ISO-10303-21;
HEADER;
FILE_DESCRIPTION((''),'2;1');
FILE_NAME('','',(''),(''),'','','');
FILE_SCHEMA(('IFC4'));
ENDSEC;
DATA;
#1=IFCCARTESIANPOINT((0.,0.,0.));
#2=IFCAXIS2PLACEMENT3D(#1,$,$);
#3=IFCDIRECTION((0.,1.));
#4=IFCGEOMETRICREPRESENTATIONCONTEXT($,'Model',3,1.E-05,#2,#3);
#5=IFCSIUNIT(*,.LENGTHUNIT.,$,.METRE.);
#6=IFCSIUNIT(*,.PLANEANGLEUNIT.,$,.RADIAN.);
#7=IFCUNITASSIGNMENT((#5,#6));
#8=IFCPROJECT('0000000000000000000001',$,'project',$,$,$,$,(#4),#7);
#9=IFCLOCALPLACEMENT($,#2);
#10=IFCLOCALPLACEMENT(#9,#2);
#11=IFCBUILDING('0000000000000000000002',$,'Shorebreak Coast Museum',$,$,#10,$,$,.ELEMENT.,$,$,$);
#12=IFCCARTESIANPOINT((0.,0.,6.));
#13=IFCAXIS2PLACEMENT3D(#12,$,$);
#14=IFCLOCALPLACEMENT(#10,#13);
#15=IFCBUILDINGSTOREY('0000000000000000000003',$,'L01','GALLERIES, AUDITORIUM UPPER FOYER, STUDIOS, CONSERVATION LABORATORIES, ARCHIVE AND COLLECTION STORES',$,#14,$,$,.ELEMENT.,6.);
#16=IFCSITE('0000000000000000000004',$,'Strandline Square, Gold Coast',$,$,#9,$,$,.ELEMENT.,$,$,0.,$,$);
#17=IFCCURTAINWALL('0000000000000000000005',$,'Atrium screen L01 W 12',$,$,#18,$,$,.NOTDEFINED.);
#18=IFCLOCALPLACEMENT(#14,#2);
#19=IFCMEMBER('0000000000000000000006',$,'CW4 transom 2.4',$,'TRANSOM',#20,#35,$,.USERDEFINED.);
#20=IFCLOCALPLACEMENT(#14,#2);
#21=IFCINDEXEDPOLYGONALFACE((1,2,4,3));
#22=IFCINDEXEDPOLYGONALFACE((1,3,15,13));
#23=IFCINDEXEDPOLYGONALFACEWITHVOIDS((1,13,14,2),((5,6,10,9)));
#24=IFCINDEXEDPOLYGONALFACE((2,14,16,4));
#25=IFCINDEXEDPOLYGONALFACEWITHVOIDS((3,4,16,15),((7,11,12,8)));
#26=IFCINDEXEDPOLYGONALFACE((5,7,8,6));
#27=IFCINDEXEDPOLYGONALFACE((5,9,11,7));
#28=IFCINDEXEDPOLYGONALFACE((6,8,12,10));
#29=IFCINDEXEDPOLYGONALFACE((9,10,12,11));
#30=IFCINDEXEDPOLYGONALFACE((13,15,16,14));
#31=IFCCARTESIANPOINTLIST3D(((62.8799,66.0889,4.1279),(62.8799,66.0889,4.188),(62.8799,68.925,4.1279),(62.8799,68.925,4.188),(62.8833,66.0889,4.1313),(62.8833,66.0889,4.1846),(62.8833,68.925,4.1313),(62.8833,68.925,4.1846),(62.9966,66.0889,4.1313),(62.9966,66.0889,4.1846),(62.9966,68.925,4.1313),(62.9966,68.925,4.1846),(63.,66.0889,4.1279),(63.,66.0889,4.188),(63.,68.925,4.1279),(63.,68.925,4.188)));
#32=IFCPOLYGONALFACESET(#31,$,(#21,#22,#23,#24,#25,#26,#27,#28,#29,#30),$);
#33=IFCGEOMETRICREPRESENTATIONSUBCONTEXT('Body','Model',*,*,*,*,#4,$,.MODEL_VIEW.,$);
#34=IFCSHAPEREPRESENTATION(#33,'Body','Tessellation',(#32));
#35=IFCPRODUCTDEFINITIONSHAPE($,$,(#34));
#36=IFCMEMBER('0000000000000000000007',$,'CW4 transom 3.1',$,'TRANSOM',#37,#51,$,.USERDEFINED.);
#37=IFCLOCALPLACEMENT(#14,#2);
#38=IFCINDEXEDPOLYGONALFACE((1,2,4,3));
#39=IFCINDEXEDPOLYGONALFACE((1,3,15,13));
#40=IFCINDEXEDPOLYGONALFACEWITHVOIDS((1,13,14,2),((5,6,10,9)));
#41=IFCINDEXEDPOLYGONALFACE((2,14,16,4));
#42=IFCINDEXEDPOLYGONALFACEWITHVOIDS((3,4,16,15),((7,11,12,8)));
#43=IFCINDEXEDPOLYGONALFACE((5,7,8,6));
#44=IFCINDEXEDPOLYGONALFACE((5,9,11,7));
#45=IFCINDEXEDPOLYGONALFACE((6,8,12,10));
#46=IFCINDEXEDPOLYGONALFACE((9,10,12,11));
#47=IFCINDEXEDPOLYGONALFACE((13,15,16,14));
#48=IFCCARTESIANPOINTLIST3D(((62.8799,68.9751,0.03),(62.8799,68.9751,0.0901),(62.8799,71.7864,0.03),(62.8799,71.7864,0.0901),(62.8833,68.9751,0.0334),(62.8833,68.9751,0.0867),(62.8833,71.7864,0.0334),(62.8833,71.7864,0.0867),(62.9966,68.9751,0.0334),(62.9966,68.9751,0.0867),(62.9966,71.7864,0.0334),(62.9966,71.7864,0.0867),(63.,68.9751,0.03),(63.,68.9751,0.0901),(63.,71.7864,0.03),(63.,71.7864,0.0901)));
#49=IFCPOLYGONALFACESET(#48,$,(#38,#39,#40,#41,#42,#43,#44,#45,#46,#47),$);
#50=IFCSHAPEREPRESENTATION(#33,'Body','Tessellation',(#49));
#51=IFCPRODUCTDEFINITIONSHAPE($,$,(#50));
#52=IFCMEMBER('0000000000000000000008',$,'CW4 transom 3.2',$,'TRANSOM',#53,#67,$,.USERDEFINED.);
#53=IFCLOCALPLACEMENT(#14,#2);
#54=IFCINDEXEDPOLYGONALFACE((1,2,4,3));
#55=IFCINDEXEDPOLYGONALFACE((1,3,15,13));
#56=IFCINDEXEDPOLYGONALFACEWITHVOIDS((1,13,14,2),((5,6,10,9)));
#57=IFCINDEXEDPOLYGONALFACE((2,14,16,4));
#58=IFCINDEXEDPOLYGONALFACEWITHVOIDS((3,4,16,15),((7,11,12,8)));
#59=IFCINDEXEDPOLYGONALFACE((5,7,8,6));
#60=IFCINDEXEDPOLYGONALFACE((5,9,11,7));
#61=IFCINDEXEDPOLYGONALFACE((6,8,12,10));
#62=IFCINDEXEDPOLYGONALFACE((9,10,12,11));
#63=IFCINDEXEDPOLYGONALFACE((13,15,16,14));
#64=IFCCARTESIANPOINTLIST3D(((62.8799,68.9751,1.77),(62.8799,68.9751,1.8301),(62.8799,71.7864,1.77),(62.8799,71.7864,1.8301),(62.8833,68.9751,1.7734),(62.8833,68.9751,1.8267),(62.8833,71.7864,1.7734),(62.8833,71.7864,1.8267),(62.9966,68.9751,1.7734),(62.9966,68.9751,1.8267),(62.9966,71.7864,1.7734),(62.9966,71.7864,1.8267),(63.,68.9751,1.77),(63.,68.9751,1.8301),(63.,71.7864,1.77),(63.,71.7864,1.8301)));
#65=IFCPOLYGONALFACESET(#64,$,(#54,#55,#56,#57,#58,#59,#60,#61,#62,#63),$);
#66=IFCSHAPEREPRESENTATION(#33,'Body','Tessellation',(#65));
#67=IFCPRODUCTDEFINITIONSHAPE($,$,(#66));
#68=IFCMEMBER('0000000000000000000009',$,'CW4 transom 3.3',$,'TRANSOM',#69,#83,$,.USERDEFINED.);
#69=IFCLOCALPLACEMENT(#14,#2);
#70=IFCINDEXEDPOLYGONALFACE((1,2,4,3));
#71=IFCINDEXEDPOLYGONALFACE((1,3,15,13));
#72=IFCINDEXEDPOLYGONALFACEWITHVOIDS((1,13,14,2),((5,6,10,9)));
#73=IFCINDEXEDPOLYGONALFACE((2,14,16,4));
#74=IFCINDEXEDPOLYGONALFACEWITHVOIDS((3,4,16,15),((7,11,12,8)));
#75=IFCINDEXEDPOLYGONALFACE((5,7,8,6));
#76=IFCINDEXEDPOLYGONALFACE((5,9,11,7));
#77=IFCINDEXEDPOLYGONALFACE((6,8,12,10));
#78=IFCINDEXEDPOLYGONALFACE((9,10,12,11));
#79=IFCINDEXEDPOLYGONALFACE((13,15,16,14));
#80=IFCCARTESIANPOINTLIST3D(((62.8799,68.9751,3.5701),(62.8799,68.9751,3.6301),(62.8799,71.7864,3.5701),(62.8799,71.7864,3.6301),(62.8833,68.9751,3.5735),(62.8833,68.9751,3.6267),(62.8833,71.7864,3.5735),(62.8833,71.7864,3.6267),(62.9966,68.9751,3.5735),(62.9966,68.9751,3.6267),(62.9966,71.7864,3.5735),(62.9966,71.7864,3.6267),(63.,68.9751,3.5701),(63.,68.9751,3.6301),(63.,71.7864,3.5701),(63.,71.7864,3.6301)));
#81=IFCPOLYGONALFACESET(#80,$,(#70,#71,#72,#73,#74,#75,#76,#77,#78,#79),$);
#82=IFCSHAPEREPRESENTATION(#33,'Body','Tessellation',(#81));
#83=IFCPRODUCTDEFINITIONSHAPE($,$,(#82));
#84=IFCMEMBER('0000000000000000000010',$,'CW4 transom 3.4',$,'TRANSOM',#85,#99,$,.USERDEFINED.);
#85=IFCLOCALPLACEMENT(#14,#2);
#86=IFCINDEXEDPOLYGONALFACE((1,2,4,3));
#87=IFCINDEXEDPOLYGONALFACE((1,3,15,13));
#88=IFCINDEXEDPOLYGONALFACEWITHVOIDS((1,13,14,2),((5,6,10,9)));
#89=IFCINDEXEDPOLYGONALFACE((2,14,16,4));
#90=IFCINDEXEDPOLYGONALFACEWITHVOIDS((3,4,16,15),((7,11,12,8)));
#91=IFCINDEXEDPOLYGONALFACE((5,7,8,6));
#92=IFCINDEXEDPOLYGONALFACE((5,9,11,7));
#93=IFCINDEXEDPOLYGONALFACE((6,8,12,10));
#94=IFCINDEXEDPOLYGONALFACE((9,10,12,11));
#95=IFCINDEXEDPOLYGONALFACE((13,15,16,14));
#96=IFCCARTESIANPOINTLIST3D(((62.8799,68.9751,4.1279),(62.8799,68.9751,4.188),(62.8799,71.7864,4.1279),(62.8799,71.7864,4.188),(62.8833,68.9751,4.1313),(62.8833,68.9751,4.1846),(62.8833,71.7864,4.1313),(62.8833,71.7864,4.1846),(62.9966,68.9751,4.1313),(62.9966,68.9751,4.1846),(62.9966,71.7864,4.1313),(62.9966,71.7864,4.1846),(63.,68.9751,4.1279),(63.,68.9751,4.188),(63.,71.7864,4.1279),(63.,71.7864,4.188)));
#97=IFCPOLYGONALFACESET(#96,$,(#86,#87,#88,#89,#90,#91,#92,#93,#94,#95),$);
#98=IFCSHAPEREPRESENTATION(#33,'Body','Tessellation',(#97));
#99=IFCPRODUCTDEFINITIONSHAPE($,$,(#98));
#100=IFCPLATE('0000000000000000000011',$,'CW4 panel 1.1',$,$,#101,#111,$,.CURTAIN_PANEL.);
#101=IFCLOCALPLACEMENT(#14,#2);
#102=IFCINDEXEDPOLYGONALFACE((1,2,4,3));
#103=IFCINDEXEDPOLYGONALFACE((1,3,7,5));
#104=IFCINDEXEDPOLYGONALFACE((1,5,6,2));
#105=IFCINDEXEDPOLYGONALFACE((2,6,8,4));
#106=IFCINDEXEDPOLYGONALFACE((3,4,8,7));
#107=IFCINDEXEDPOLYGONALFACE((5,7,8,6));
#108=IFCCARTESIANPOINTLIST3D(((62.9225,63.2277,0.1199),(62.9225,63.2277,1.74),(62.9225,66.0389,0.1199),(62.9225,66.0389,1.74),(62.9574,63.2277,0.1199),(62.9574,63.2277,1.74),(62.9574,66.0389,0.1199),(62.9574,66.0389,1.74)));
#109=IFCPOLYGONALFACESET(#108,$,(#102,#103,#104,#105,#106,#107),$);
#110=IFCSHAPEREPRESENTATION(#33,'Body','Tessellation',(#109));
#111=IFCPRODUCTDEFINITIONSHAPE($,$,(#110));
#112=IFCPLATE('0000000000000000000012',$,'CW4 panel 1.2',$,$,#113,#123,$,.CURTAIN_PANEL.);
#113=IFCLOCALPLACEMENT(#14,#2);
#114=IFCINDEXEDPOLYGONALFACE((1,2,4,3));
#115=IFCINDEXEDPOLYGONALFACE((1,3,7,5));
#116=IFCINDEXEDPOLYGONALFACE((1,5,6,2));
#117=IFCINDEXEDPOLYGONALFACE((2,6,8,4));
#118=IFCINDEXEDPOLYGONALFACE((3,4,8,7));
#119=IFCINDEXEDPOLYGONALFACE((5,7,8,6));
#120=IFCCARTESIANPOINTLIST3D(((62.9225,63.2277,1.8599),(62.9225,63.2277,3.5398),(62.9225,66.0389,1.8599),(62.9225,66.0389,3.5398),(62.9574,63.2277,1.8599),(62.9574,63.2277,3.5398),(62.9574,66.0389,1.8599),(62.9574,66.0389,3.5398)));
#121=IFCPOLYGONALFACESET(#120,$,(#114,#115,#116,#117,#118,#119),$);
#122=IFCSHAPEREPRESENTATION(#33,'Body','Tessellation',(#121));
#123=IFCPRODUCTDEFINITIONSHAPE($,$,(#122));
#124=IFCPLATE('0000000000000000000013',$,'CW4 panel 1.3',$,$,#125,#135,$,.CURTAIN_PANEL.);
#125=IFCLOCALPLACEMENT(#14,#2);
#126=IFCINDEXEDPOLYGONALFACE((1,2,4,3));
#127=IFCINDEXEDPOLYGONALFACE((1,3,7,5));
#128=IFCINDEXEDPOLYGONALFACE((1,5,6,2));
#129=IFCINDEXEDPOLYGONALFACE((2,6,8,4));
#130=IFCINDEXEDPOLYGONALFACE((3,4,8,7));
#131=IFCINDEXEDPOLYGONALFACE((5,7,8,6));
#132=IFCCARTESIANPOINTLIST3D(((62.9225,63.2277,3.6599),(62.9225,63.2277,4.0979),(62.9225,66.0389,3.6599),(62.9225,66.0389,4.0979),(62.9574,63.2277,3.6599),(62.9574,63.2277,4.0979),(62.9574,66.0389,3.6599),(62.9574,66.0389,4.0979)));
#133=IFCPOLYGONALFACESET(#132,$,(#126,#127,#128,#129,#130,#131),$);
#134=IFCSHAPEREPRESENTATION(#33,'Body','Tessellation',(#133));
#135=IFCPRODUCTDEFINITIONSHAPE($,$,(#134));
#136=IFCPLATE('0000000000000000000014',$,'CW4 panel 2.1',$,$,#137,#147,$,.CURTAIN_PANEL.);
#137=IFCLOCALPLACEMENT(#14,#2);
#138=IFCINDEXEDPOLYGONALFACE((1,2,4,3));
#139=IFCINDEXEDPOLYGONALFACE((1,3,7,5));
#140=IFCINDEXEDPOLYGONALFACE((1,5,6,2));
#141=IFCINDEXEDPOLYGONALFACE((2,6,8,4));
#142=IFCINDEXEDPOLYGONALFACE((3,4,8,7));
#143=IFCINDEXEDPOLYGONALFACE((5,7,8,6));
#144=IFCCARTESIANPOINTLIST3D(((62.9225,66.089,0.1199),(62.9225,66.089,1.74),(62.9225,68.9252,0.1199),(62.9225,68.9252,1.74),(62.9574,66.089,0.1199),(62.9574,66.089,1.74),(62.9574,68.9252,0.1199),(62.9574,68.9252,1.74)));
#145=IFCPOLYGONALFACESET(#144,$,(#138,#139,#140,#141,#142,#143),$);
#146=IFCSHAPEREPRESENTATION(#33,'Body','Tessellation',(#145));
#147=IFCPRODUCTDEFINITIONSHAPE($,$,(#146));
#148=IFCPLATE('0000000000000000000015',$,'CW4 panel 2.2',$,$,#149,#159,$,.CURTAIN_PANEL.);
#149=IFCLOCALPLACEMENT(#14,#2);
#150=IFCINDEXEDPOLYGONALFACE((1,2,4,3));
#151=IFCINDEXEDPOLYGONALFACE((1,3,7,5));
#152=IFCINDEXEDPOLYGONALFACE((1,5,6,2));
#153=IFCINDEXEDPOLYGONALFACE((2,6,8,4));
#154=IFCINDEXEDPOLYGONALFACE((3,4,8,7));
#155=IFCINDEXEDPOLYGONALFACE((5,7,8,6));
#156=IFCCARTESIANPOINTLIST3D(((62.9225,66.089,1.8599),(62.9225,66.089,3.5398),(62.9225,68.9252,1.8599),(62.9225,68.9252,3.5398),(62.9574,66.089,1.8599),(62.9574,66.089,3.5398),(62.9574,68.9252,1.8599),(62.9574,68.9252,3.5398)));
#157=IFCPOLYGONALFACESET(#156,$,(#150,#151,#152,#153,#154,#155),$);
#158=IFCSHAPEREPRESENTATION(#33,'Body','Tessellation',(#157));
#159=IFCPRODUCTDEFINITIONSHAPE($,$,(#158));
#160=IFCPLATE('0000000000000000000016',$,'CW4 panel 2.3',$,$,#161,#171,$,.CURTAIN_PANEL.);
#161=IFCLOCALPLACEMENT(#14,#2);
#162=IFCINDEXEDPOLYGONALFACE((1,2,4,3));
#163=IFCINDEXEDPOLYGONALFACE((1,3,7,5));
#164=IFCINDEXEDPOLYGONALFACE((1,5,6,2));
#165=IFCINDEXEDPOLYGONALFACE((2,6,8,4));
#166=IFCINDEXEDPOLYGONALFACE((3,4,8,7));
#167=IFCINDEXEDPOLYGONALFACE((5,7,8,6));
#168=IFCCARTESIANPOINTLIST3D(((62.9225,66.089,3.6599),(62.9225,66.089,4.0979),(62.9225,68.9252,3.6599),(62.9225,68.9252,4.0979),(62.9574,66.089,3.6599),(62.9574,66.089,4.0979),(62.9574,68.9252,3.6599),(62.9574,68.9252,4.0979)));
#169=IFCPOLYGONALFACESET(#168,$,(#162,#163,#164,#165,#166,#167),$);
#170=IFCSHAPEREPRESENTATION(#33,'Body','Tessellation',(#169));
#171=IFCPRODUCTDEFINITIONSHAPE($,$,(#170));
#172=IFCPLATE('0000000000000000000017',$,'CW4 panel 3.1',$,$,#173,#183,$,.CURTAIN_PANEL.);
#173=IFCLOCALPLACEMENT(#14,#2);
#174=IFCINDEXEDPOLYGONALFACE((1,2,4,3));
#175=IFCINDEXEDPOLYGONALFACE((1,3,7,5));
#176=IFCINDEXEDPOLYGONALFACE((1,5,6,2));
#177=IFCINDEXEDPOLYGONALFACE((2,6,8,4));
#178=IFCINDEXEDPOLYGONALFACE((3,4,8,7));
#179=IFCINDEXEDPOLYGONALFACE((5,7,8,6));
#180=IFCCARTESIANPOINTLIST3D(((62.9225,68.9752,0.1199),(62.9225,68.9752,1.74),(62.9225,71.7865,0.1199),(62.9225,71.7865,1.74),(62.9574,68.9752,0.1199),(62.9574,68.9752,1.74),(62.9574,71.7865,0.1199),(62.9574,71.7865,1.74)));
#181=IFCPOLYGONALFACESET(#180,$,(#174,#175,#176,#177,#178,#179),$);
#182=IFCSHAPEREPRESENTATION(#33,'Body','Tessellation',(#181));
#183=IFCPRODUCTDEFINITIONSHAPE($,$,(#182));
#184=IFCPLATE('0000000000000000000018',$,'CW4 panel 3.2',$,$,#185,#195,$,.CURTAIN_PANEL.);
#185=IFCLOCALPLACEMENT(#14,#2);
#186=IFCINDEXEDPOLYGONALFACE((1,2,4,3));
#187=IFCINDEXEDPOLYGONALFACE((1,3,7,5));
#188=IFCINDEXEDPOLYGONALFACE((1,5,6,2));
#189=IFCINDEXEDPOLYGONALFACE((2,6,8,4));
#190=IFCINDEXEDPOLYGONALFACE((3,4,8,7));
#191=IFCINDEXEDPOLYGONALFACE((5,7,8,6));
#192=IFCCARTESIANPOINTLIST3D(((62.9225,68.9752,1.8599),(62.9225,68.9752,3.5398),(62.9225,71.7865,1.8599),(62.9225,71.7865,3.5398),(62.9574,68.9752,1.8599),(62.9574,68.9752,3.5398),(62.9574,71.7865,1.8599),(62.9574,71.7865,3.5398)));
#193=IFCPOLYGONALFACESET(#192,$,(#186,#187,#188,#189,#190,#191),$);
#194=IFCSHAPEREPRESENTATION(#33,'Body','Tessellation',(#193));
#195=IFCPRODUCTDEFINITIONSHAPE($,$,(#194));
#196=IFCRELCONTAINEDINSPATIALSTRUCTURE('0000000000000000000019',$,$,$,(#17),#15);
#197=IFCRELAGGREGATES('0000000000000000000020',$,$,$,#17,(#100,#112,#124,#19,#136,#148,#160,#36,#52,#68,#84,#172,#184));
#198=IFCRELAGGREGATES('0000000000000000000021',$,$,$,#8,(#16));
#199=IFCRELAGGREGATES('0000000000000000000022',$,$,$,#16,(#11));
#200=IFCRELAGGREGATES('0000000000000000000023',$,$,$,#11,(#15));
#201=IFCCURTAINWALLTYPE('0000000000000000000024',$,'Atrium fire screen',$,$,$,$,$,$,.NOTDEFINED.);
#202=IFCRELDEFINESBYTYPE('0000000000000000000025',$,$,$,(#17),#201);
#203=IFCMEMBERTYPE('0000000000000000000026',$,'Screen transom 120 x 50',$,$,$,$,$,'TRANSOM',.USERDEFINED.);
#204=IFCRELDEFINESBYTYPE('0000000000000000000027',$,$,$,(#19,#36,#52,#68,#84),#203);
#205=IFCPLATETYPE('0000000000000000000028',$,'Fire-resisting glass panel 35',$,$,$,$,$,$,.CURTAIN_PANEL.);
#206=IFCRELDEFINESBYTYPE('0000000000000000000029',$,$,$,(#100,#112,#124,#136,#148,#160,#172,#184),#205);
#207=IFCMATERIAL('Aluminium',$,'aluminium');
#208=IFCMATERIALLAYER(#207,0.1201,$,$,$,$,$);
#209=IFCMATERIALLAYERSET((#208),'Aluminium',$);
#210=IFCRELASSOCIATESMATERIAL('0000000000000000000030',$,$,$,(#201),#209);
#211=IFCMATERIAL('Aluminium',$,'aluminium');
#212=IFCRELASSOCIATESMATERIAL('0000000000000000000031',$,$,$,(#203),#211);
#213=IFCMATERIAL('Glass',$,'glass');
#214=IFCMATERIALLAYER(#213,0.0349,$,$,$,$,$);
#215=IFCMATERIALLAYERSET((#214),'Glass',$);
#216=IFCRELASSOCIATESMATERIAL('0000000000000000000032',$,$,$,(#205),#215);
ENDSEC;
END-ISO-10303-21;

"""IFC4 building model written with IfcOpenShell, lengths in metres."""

from ifc_helpers import new_model, si_unit, direction, frame, origin, origin_2d, place, context, subcontext, project, spatial, rectangle, hollow_rectangle, extrude, material, layer, layer_set, material_profile, profile_set, type_object, element, aggregate, save


model = new_model("IFC4")

# Units and contexts
model_context = context("Model", 3, precision=1e-05, world=origin(), true_north=direction((0.0, 1.0)))
body_context = subcontext(model_context, "Body", "Model", "MODEL_VIEW")
ifc_project = project(units=[si_unit("LENGTHUNIT", "METRE"), si_unit("PLANEANGLEUNIT", "RADIAN")], contexts=[model_context])

# Site, building, storey
site_placement = place(None, origin())
site = spatial("IfcSite", under=ifc_project, at=site_placement, Name="Strandline Square, Gold Coast", CompositionType="ELEMENT", RefElevation=0.0)
building_placement = place(site_placement, origin())
building = spatial("IfcBuilding", under=site, at=building_placement, Name="Shorebreak Coast Museum", CompositionType="ELEMENT")
storey_placement = place(building_placement, frame((0.0, 0.0, 6.0)))
storey = spatial("IfcBuildingStorey", under=building, at=storey_placement, Name="L01", Description="GALLERIES, AUDITORIUM UPPER FOYER, STUDIOS, CONSERVATION LABORATORIES, ARCHIVE AND COLLECTION STORES", CompositionType="ELEMENT", Elevation=6.0)

# Curtain wall, members, plates
ifc_material_1 = material(Name="Aluminium", Category="aluminium")
ifc_layer_1 = layer(ifc_material_1, 0.1201)
ifc_layer_set_1 = layer_set([ifc_layer_1], Name="Aluminium")
curtain_wall_type = type_object("IfcCurtainWallType", Name="Atrium fire screen", PredefinedType="NOTDEFINED", material=ifc_layer_set_1)
curtain_wall_placement = place(storey_placement, origin())
curtain_wall = element("IfcCurtainWall", 1, at=curtain_wall_placement, inside=storey, type_object=curtain_wall_type, Name="Atrium screen L01 W 12", PredefinedType="NOTDEFINED")
ifc_material_2 = material(Name="Aluminium", Category="aluminium")
ifc_material_profile_1 = material_profile(ifc_material_2, hollow_rectangle(XDim=0.1201, YDim=0.0601, WallThickness=0.0034, at=origin_2d()), Name="AL 60x120 RHS")
ifc_profile_set_1 = profile_set([ifc_material_profile_1], Name="Aluminium")
member_type_1 = type_object("IfcMemberType", Name="Screen transom 120 x 50", ElementType="TRANSOM", PredefinedType="USERDEFINED", material=ifc_profile_set_1)
member_1_placement = place(storey_placement, frame((62.9399, 66.0889, 4.158), z_axis=(0.0, 1.0, 0.0), x_axis=(-1.0, 0.0, 0.0)))
member_1 = element("IfcMember", 2, at=member_1_placement, type_object=member_type_1, Name="CW4 transom 2.4", ObjectType="TRANSOM", PredefinedType="USERDEFINED", context=body_context, shape_type="SweptSolid", body=[
    extrude(hollow_rectangle(XDim=0.1201, YDim=0.0601, WallThickness=0.0034, at=origin_2d()), origin(), (0.0, 0.0, 1.0), 2.8362),
])
member_2_placement = place(storey_placement, frame((62.9399, 68.9751, 0.0601), z_axis=(0.0, 1.0, 0.0), x_axis=(-1.0, 0.0, 0.0)))
member_2 = element("IfcMember", 3, at=member_2_placement, type_object=member_type_1, Name="CW4 transom 3.1", ObjectType="TRANSOM", PredefinedType="USERDEFINED", context=body_context, shape_type="SweptSolid", body=[
    extrude(hollow_rectangle(XDim=0.1201, YDim=0.0601, WallThickness=0.0034, at=origin_2d()), origin(), (0.0, 0.0, 1.0), 2.8113),
])
member_3_placement = place(storey_placement, frame((62.9399, 68.9751, 1.8), z_axis=(0.0, 1.0, 0.0), x_axis=(-1.0, 0.0, 0.0)))
member_3 = element("IfcMember", 4, at=member_3_placement, type_object=member_type_1, Name="CW4 transom 3.2", ObjectType="TRANSOM", PredefinedType="USERDEFINED", context=body_context, shape_type="SweptSolid", body=[
    extrude(hollow_rectangle(XDim=0.1201, YDim=0.0601, WallThickness=0.0034, at=origin_2d()), origin(), (0.0, 0.0, 1.0), 2.8113),
])
member_4_placement = place(storey_placement, frame((62.9399, 68.9751, 3.6001), z_axis=(0.0, 1.0, 0.0), x_axis=(-1.0, 0.0, 0.0)))
member_4 = element("IfcMember", 5, at=member_4_placement, type_object=member_type_1, Name="CW4 transom 3.3", ObjectType="TRANSOM", PredefinedType="USERDEFINED", context=body_context, shape_type="SweptSolid", body=[
    extrude(hollow_rectangle(XDim=0.1201, YDim=0.0601, WallThickness=0.0034, at=origin_2d()), origin(), (0.0, 0.0, 1.0), 2.8113),
])
member_5_placement = place(storey_placement, frame((62.9399, 68.9751, 4.158), z_axis=(0.0, 1.0, 0.0), x_axis=(-1.0, 0.0, 0.0)))
member_5 = element("IfcMember", 6, at=member_5_placement, type_object=member_type_1, Name="CW4 transom 3.4", ObjectType="TRANSOM", PredefinedType="USERDEFINED", context=body_context, shape_type="SweptSolid", body=[
    extrude(hollow_rectangle(XDim=0.1201, YDim=0.0601, WallThickness=0.0034, at=origin_2d()), origin(), (0.0, 0.0, 1.0), 2.8113),
])
ifc_material_3 = material(Name="Glass", Category="glass")
ifc_layer_2 = layer(ifc_material_3, 0.0349)
ifc_layer_set_2 = layer_set([ifc_layer_2], Name="Glass")
plate_type = type_object("IfcPlateType", Name="Fire-resisting glass panel 35", PredefinedType="CURTAIN_PANEL", material=ifc_layer_set_2)
plate_1_placement = place(storey_placement, frame((62.9399, 64.6333, 0.1199), z_axis=(0.0, 0.0, 1.0), x_axis=(0.0, 1.0, 0.0)))
plate_1 = element("IfcPlate", 7, at=plate_1_placement, type_object=plate_type, Name="CW4 panel 1.1", PredefinedType="CURTAIN_PANEL", context=body_context, shape_type="SweptSolid", body=[
    extrude(rectangle(XDim=2.8113, YDim=0.0349, at=origin_2d()), origin(), (0.0, 0.0, 1.0), 1.6201),
])
plate_2_placement = place(storey_placement, frame((62.9399, 64.6333, 1.8599), z_axis=(0.0, 0.0, 1.0), x_axis=(0.0, 1.0, 0.0)))
plate_2 = element("IfcPlate", 8, at=plate_2_placement, type_object=plate_type, Name="CW4 panel 1.2", PredefinedType="CURTAIN_PANEL", context=body_context, shape_type="SweptSolid", body=[
    extrude(rectangle(XDim=2.8113, YDim=0.0349, at=origin_2d()), origin(), (0.0, 0.0, 1.0), 1.6799),
])
plate_3_placement = place(storey_placement, frame((62.9399, 64.6333, 3.6599), z_axis=(0.0, 0.0, 1.0), x_axis=(0.0, 1.0, 0.0)))
plate_3 = element("IfcPlate", 9, at=plate_3_placement, type_object=plate_type, Name="CW4 panel 1.3", PredefinedType="CURTAIN_PANEL", context=body_context, shape_type="SweptSolid", body=[
    extrude(rectangle(XDim=2.8113, YDim=0.0349, at=origin_2d()), origin(), (0.0, 0.0, 1.0), 0.438),
])
plate_4_placement = place(storey_placement, frame((62.9399, 67.5071, 0.1199), z_axis=(0.0, 0.0, 1.0), x_axis=(0.0, 1.0, 0.0)))
plate_4 = element("IfcPlate", 10, at=plate_4_placement, type_object=plate_type, Name="CW4 panel 2.1", PredefinedType="CURTAIN_PANEL", context=body_context, shape_type="SweptSolid", body=[
    extrude(rectangle(XDim=2.8362, YDim=0.0349, at=origin_2d()), origin(), (0.0, 0.0, 1.0), 1.6201),
])
plate_5_placement = place(storey_placement, frame((62.9399, 67.5071, 1.8599), z_axis=(0.0, 0.0, 1.0), x_axis=(0.0, 1.0, 0.0)))
plate_5 = element("IfcPlate", 11, at=plate_5_placement, type_object=plate_type, Name="CW4 panel 2.2", PredefinedType="CURTAIN_PANEL", context=body_context, shape_type="SweptSolid", body=[
    extrude(rectangle(XDim=2.8362, YDim=0.0349, at=origin_2d()), origin(), (0.0, 0.0, 1.0), 1.6799),
])
plate_6_placement = place(storey_placement, frame((62.9399, 67.5071, 3.6599), z_axis=(0.0, 0.0, 1.0), x_axis=(0.0, 1.0, 0.0)))
plate_6 = element("IfcPlate", 12, at=plate_6_placement, type_object=plate_type, Name="CW4 panel 2.3", PredefinedType="CURTAIN_PANEL", context=body_context, shape_type="SweptSolid", body=[
    extrude(rectangle(XDim=2.8362, YDim=0.0349, at=origin_2d()), origin(), (0.0, 0.0, 1.0), 0.438),
])
plate_7_placement = place(storey_placement, frame((62.9399, 70.3809, 0.1199), z_axis=(0.0, 0.0, 1.0), x_axis=(0.0, 1.0, 0.0)))
plate_7 = element("IfcPlate", 13, at=plate_7_placement, type_object=plate_type, Name="CW4 panel 3.1", PredefinedType="CURTAIN_PANEL", context=body_context, shape_type="SweptSolid", body=[
    extrude(rectangle(XDim=2.8113, YDim=0.0349, at=origin_2d()), origin(), (0.0, 0.0, 1.0), 1.6201),
])
plate_8_placement = place(storey_placement, frame((62.9399, 70.3809, 1.8599), z_axis=(0.0, 0.0, 1.0), x_axis=(0.0, 1.0, 0.0)))
plate_8 = element("IfcPlate", 14, at=plate_8_placement, type_object=plate_type, Name="CW4 panel 3.2", PredefinedType="CURTAIN_PANEL", context=body_context, shape_type="SweptSolid", body=[
    extrude(rectangle(XDim=2.8113, YDim=0.0349, at=origin_2d()), origin(), (0.0, 0.0, 1.0), 1.6799),
])
aggregate(curtain_wall, [plate_1, plate_2, plate_3, member_1, plate_4, plate_5, plate_6, member_2, member_3, member_4, member_5, plate_7, plate_8])

save(model, "model.ifc")
